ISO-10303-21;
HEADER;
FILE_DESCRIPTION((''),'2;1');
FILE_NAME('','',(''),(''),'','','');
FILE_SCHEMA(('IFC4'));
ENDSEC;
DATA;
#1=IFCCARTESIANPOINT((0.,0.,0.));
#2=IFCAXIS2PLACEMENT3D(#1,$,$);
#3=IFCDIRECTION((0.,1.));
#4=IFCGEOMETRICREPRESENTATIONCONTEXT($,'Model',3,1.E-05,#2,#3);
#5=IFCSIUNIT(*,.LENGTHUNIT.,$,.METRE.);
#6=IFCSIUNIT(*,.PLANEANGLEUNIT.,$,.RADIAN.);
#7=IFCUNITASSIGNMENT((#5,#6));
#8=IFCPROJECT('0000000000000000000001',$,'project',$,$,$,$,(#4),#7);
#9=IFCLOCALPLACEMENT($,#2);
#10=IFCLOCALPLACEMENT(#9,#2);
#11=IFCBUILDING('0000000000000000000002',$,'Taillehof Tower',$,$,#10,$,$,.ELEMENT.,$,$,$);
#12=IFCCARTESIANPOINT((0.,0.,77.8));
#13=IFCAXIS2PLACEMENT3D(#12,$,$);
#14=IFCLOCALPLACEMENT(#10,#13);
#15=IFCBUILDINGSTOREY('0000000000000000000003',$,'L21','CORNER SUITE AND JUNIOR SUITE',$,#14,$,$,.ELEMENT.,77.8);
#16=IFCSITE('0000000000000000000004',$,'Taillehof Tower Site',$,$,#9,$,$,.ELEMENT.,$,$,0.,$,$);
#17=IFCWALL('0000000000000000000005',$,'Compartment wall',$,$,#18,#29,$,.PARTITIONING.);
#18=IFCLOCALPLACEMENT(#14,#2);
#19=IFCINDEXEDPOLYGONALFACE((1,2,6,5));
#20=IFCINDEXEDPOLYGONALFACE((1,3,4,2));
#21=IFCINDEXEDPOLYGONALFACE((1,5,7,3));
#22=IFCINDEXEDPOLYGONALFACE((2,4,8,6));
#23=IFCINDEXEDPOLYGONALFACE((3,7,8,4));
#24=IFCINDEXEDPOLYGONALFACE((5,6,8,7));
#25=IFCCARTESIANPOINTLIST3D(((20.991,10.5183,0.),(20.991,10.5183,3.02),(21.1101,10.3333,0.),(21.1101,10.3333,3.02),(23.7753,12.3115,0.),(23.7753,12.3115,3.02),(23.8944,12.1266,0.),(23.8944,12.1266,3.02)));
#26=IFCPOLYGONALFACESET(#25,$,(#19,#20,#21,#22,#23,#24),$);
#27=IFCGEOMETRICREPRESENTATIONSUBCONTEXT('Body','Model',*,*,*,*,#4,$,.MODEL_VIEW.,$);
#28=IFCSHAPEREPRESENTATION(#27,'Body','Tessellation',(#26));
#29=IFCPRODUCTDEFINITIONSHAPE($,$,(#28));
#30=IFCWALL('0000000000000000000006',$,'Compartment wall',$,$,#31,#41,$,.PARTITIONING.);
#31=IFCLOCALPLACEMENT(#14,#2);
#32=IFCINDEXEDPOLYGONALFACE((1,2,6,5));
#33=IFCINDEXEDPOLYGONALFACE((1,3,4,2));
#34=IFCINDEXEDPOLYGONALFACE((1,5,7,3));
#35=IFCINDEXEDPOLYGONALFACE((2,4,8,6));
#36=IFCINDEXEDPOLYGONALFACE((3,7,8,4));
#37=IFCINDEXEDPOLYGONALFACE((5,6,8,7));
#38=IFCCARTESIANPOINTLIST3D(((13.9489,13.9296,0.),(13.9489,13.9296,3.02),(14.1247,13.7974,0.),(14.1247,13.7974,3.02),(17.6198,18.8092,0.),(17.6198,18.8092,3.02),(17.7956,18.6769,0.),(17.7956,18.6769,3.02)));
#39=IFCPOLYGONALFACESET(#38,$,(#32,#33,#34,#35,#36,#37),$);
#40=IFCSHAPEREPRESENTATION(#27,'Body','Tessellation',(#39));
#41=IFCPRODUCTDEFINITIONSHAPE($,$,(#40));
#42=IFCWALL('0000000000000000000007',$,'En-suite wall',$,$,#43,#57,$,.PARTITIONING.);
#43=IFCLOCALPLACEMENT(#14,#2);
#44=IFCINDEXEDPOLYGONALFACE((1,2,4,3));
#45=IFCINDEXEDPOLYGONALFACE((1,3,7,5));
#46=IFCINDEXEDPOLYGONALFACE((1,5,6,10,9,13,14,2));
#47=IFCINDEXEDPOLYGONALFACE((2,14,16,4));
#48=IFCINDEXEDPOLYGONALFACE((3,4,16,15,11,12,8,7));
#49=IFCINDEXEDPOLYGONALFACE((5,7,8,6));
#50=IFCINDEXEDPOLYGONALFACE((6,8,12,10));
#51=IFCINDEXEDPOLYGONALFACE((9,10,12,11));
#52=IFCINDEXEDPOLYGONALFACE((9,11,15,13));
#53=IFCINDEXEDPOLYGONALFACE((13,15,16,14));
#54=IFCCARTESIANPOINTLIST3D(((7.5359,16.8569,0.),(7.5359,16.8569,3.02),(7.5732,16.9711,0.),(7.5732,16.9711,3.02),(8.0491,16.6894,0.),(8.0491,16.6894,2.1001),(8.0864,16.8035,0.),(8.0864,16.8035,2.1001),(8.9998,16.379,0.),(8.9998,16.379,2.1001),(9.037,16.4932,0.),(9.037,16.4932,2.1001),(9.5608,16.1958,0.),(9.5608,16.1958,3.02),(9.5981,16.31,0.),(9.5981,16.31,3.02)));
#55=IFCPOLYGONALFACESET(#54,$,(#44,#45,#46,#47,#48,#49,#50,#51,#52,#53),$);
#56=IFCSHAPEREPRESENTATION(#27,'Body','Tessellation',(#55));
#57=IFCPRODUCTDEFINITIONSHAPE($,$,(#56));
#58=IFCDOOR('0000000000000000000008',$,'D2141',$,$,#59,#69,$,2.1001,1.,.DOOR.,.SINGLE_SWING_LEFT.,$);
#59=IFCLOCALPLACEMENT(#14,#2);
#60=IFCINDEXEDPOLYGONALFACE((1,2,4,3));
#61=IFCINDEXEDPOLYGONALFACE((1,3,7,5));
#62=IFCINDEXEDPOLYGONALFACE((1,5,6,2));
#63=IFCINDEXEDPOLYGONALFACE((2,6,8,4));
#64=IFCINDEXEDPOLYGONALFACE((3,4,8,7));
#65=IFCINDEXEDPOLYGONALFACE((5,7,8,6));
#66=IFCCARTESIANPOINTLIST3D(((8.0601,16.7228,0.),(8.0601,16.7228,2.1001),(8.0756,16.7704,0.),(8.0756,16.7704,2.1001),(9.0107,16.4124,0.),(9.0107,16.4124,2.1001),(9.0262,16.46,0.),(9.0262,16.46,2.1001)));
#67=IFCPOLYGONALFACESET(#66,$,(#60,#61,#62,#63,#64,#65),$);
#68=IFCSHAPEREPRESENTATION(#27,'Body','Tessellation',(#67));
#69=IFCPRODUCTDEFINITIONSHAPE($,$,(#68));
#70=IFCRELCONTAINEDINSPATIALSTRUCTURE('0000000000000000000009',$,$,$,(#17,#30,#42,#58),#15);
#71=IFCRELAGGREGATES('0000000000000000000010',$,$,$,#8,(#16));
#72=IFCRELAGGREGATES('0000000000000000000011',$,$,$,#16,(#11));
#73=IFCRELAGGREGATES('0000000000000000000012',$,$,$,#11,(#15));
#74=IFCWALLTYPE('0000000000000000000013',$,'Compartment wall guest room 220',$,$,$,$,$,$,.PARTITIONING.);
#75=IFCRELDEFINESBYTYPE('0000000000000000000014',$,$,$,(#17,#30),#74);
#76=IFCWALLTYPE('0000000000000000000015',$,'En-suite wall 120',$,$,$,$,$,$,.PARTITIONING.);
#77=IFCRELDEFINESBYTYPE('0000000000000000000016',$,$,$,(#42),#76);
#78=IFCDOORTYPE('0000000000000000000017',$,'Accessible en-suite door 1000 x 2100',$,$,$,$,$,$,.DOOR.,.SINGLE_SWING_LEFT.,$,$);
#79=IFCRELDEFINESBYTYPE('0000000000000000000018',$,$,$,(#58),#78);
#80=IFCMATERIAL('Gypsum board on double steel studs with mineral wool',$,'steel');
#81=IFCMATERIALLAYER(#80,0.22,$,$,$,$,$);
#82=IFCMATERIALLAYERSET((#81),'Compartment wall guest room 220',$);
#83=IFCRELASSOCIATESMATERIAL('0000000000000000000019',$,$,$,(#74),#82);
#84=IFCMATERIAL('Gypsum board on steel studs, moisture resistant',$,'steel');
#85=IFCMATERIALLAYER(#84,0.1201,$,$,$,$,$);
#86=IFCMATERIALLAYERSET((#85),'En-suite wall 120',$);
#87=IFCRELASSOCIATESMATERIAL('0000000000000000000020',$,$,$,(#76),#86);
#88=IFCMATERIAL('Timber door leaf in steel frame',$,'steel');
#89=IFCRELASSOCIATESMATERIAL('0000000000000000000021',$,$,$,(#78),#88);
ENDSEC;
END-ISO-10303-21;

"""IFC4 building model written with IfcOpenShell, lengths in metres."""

from ifc_helpers import new_model, si_unit, direction, frame, frame_2d, origin, place, context, subcontext, project, spatial, rectangle, extrude, material, layer, layer_set, type_object, element, fill, save


model = new_model("IFC4")

# Units and contexts
model_context = context("Model", 3, precision=1e-05, world=origin(), true_north=direction((0.0, 1.0)))
body_context = subcontext(model_context, "Body", "Model", "MODEL_VIEW")
ifc_project = project(units=[si_unit("LENGTHUNIT", "METRE"), si_unit("PLANEANGLEUNIT", "RADIAN")], contexts=[model_context])

# Site, building, storey
site_placement = place(None, origin())
site = spatial("IfcSite", under=ifc_project, at=site_placement, Name="Taillehof Tower Site", CompositionType="ELEMENT", RefElevation=0.0)
building_placement = place(site_placement, origin())
building = spatial("IfcBuilding", under=site, at=building_placement, Name="Taillehof Tower", CompositionType="ELEMENT")
storey_placement = place(building_placement, frame((0.0, 0.0, 77.8)))
storey = spatial("IfcBuildingStorey", under=building, at=storey_placement, Name="L21", Description="CORNER SUITE AND JUNIOR SUITE", CompositionType="ELEMENT", Elevation=77.8)

# Walls
ifc_material_1 = material(Name="Gypsum board on double steel studs with mineral wool", Category="steel")
ifc_layer_1 = layer(ifc_material_1, 0.22)
ifc_layer_set_1 = layer_set([ifc_layer_1], Name="Compartment wall guest room 220")
wall_type_1 = type_object("IfcWallType", Name="Compartment wall guest room 220", PredefinedType="PARTITIONING", material=ifc_layer_set_1)
wall_1_placement = place(storey_placement, frame((23.8347, 12.219, 0.0), z_axis=(0.0, 0.0, 1.0), x_axis=(-0.840713, -0.54148, 0.0)))
element("IfcWall", 1, at=wall_1_placement, inside=storey, type_object=wall_type_1, Name="Compartment wall", PredefinedType="PARTITIONING", context=body_context, shape_type="SweptSolid", body=[
    extrude(rectangle(XDim=3.3118, YDim=0.22, at=frame_2d((1.6558, 0.0))), origin(), (0.0, 0.0, 1.0), 3.02),
])
wall_2_placement = place(storey_placement, frame((17.7078, 18.7432, 0.0), z_axis=(0.0, 0.0, 1.0), x_axis=(-0.60117, -0.799121, 0.0)))
element("IfcWall", 2, at=wall_2_placement, inside=storey, type_object=wall_type_1, Name="Compartment wall", PredefinedType="PARTITIONING", context=body_context, shape_type="SweptSolid", body=[
    extrude(rectangle(XDim=6.1062, YDim=0.22, at=frame_2d((3.0532, 0.0))), origin(), (0.0, 0.0, 1.0), 3.02),
])

# Wall, opening, door
ifc_material_2 = material(Name="Gypsum board on steel studs, moisture resistant", Category="steel")
ifc_layer_2 = layer(ifc_material_2, 0.1201)
ifc_layer_set_2 = layer_set([ifc_layer_2], Name="En-suite wall 120")
wall_type_2 = type_object("IfcWallType", Name="En-suite wall 120", PredefinedType="PARTITIONING", material=ifc_layer_set_2)
wall_3_placement = place(storey_placement, frame((9.5793, 16.2529, 0.0), z_axis=(0.0, 0.0, 1.0), x_axis=(-0.950614, 0.310376, 0.0)))
wall_3 = element("IfcWall", 3, at=wall_3_placement, inside=storey, type_object=wall_type_2, Name="En-suite wall", PredefinedType="PARTITIONING", context=body_context, shape_type="SweptSolid", body=[
    extrude(rectangle(XDim=2.1301, YDim=0.1201, at=frame_2d((1.0649, 0.0))), origin(), (0.0, 0.0, 1.0), 3.02),
])
opening_1_placement = place(wall_3_placement, frame((0.5901, 0.0, 0.0)))
opening_1 = element("IfcOpeningElement", 4, at=opening_1_placement, cuts=wall_3, PredefinedType="OPENING", context=body_context, shape_type="SweptSolid", body=[
    extrude(rectangle(XDim=1.0, YDim=2.1001, at=frame_2d((0.5, 1.05))), frame((0.0, 0.0701, 0.0), z_axis=(0.0, -1.0, 0.0), x_axis=(1.0, 0.0, 0.0)), (0.0, 0.0, 1.0), 0.1401),
])
ifc_material_3 = material(Name="Timber door leaf in steel frame", Category="steel")
door_type_1 = type_object("IfcDoorType", Name="Accessible en-suite door 1000 x 2100", OperationType="SINGLE_SWING_LEFT", PredefinedType="DOOR", material=ifc_material_3)
door_1_placement = place(opening_1_placement, origin())
door_1 = element("IfcDoor", 5, at=door_1_placement, inside=storey, type_object=door_type_1, Name="D2141", OperationType="SINGLE_SWING_LEFT", OverallHeight=2.1001, OverallWidth=1.0, PredefinedType="DOOR", context=body_context, shape_type="SweptSolid", body=[
    extrude(rectangle(XDim=1.0, YDim=2.1001, at=frame_2d((0.5, 1.05))), frame((0.0, 0.0249, 0.0), z_axis=(0.0, -1.0, 0.0), x_axis=(1.0, 0.0, 0.0)), (0.0, 0.0, 1.0), 0.05),
])
fill(opening_1, door_1)

save(model, "model.ifc")
